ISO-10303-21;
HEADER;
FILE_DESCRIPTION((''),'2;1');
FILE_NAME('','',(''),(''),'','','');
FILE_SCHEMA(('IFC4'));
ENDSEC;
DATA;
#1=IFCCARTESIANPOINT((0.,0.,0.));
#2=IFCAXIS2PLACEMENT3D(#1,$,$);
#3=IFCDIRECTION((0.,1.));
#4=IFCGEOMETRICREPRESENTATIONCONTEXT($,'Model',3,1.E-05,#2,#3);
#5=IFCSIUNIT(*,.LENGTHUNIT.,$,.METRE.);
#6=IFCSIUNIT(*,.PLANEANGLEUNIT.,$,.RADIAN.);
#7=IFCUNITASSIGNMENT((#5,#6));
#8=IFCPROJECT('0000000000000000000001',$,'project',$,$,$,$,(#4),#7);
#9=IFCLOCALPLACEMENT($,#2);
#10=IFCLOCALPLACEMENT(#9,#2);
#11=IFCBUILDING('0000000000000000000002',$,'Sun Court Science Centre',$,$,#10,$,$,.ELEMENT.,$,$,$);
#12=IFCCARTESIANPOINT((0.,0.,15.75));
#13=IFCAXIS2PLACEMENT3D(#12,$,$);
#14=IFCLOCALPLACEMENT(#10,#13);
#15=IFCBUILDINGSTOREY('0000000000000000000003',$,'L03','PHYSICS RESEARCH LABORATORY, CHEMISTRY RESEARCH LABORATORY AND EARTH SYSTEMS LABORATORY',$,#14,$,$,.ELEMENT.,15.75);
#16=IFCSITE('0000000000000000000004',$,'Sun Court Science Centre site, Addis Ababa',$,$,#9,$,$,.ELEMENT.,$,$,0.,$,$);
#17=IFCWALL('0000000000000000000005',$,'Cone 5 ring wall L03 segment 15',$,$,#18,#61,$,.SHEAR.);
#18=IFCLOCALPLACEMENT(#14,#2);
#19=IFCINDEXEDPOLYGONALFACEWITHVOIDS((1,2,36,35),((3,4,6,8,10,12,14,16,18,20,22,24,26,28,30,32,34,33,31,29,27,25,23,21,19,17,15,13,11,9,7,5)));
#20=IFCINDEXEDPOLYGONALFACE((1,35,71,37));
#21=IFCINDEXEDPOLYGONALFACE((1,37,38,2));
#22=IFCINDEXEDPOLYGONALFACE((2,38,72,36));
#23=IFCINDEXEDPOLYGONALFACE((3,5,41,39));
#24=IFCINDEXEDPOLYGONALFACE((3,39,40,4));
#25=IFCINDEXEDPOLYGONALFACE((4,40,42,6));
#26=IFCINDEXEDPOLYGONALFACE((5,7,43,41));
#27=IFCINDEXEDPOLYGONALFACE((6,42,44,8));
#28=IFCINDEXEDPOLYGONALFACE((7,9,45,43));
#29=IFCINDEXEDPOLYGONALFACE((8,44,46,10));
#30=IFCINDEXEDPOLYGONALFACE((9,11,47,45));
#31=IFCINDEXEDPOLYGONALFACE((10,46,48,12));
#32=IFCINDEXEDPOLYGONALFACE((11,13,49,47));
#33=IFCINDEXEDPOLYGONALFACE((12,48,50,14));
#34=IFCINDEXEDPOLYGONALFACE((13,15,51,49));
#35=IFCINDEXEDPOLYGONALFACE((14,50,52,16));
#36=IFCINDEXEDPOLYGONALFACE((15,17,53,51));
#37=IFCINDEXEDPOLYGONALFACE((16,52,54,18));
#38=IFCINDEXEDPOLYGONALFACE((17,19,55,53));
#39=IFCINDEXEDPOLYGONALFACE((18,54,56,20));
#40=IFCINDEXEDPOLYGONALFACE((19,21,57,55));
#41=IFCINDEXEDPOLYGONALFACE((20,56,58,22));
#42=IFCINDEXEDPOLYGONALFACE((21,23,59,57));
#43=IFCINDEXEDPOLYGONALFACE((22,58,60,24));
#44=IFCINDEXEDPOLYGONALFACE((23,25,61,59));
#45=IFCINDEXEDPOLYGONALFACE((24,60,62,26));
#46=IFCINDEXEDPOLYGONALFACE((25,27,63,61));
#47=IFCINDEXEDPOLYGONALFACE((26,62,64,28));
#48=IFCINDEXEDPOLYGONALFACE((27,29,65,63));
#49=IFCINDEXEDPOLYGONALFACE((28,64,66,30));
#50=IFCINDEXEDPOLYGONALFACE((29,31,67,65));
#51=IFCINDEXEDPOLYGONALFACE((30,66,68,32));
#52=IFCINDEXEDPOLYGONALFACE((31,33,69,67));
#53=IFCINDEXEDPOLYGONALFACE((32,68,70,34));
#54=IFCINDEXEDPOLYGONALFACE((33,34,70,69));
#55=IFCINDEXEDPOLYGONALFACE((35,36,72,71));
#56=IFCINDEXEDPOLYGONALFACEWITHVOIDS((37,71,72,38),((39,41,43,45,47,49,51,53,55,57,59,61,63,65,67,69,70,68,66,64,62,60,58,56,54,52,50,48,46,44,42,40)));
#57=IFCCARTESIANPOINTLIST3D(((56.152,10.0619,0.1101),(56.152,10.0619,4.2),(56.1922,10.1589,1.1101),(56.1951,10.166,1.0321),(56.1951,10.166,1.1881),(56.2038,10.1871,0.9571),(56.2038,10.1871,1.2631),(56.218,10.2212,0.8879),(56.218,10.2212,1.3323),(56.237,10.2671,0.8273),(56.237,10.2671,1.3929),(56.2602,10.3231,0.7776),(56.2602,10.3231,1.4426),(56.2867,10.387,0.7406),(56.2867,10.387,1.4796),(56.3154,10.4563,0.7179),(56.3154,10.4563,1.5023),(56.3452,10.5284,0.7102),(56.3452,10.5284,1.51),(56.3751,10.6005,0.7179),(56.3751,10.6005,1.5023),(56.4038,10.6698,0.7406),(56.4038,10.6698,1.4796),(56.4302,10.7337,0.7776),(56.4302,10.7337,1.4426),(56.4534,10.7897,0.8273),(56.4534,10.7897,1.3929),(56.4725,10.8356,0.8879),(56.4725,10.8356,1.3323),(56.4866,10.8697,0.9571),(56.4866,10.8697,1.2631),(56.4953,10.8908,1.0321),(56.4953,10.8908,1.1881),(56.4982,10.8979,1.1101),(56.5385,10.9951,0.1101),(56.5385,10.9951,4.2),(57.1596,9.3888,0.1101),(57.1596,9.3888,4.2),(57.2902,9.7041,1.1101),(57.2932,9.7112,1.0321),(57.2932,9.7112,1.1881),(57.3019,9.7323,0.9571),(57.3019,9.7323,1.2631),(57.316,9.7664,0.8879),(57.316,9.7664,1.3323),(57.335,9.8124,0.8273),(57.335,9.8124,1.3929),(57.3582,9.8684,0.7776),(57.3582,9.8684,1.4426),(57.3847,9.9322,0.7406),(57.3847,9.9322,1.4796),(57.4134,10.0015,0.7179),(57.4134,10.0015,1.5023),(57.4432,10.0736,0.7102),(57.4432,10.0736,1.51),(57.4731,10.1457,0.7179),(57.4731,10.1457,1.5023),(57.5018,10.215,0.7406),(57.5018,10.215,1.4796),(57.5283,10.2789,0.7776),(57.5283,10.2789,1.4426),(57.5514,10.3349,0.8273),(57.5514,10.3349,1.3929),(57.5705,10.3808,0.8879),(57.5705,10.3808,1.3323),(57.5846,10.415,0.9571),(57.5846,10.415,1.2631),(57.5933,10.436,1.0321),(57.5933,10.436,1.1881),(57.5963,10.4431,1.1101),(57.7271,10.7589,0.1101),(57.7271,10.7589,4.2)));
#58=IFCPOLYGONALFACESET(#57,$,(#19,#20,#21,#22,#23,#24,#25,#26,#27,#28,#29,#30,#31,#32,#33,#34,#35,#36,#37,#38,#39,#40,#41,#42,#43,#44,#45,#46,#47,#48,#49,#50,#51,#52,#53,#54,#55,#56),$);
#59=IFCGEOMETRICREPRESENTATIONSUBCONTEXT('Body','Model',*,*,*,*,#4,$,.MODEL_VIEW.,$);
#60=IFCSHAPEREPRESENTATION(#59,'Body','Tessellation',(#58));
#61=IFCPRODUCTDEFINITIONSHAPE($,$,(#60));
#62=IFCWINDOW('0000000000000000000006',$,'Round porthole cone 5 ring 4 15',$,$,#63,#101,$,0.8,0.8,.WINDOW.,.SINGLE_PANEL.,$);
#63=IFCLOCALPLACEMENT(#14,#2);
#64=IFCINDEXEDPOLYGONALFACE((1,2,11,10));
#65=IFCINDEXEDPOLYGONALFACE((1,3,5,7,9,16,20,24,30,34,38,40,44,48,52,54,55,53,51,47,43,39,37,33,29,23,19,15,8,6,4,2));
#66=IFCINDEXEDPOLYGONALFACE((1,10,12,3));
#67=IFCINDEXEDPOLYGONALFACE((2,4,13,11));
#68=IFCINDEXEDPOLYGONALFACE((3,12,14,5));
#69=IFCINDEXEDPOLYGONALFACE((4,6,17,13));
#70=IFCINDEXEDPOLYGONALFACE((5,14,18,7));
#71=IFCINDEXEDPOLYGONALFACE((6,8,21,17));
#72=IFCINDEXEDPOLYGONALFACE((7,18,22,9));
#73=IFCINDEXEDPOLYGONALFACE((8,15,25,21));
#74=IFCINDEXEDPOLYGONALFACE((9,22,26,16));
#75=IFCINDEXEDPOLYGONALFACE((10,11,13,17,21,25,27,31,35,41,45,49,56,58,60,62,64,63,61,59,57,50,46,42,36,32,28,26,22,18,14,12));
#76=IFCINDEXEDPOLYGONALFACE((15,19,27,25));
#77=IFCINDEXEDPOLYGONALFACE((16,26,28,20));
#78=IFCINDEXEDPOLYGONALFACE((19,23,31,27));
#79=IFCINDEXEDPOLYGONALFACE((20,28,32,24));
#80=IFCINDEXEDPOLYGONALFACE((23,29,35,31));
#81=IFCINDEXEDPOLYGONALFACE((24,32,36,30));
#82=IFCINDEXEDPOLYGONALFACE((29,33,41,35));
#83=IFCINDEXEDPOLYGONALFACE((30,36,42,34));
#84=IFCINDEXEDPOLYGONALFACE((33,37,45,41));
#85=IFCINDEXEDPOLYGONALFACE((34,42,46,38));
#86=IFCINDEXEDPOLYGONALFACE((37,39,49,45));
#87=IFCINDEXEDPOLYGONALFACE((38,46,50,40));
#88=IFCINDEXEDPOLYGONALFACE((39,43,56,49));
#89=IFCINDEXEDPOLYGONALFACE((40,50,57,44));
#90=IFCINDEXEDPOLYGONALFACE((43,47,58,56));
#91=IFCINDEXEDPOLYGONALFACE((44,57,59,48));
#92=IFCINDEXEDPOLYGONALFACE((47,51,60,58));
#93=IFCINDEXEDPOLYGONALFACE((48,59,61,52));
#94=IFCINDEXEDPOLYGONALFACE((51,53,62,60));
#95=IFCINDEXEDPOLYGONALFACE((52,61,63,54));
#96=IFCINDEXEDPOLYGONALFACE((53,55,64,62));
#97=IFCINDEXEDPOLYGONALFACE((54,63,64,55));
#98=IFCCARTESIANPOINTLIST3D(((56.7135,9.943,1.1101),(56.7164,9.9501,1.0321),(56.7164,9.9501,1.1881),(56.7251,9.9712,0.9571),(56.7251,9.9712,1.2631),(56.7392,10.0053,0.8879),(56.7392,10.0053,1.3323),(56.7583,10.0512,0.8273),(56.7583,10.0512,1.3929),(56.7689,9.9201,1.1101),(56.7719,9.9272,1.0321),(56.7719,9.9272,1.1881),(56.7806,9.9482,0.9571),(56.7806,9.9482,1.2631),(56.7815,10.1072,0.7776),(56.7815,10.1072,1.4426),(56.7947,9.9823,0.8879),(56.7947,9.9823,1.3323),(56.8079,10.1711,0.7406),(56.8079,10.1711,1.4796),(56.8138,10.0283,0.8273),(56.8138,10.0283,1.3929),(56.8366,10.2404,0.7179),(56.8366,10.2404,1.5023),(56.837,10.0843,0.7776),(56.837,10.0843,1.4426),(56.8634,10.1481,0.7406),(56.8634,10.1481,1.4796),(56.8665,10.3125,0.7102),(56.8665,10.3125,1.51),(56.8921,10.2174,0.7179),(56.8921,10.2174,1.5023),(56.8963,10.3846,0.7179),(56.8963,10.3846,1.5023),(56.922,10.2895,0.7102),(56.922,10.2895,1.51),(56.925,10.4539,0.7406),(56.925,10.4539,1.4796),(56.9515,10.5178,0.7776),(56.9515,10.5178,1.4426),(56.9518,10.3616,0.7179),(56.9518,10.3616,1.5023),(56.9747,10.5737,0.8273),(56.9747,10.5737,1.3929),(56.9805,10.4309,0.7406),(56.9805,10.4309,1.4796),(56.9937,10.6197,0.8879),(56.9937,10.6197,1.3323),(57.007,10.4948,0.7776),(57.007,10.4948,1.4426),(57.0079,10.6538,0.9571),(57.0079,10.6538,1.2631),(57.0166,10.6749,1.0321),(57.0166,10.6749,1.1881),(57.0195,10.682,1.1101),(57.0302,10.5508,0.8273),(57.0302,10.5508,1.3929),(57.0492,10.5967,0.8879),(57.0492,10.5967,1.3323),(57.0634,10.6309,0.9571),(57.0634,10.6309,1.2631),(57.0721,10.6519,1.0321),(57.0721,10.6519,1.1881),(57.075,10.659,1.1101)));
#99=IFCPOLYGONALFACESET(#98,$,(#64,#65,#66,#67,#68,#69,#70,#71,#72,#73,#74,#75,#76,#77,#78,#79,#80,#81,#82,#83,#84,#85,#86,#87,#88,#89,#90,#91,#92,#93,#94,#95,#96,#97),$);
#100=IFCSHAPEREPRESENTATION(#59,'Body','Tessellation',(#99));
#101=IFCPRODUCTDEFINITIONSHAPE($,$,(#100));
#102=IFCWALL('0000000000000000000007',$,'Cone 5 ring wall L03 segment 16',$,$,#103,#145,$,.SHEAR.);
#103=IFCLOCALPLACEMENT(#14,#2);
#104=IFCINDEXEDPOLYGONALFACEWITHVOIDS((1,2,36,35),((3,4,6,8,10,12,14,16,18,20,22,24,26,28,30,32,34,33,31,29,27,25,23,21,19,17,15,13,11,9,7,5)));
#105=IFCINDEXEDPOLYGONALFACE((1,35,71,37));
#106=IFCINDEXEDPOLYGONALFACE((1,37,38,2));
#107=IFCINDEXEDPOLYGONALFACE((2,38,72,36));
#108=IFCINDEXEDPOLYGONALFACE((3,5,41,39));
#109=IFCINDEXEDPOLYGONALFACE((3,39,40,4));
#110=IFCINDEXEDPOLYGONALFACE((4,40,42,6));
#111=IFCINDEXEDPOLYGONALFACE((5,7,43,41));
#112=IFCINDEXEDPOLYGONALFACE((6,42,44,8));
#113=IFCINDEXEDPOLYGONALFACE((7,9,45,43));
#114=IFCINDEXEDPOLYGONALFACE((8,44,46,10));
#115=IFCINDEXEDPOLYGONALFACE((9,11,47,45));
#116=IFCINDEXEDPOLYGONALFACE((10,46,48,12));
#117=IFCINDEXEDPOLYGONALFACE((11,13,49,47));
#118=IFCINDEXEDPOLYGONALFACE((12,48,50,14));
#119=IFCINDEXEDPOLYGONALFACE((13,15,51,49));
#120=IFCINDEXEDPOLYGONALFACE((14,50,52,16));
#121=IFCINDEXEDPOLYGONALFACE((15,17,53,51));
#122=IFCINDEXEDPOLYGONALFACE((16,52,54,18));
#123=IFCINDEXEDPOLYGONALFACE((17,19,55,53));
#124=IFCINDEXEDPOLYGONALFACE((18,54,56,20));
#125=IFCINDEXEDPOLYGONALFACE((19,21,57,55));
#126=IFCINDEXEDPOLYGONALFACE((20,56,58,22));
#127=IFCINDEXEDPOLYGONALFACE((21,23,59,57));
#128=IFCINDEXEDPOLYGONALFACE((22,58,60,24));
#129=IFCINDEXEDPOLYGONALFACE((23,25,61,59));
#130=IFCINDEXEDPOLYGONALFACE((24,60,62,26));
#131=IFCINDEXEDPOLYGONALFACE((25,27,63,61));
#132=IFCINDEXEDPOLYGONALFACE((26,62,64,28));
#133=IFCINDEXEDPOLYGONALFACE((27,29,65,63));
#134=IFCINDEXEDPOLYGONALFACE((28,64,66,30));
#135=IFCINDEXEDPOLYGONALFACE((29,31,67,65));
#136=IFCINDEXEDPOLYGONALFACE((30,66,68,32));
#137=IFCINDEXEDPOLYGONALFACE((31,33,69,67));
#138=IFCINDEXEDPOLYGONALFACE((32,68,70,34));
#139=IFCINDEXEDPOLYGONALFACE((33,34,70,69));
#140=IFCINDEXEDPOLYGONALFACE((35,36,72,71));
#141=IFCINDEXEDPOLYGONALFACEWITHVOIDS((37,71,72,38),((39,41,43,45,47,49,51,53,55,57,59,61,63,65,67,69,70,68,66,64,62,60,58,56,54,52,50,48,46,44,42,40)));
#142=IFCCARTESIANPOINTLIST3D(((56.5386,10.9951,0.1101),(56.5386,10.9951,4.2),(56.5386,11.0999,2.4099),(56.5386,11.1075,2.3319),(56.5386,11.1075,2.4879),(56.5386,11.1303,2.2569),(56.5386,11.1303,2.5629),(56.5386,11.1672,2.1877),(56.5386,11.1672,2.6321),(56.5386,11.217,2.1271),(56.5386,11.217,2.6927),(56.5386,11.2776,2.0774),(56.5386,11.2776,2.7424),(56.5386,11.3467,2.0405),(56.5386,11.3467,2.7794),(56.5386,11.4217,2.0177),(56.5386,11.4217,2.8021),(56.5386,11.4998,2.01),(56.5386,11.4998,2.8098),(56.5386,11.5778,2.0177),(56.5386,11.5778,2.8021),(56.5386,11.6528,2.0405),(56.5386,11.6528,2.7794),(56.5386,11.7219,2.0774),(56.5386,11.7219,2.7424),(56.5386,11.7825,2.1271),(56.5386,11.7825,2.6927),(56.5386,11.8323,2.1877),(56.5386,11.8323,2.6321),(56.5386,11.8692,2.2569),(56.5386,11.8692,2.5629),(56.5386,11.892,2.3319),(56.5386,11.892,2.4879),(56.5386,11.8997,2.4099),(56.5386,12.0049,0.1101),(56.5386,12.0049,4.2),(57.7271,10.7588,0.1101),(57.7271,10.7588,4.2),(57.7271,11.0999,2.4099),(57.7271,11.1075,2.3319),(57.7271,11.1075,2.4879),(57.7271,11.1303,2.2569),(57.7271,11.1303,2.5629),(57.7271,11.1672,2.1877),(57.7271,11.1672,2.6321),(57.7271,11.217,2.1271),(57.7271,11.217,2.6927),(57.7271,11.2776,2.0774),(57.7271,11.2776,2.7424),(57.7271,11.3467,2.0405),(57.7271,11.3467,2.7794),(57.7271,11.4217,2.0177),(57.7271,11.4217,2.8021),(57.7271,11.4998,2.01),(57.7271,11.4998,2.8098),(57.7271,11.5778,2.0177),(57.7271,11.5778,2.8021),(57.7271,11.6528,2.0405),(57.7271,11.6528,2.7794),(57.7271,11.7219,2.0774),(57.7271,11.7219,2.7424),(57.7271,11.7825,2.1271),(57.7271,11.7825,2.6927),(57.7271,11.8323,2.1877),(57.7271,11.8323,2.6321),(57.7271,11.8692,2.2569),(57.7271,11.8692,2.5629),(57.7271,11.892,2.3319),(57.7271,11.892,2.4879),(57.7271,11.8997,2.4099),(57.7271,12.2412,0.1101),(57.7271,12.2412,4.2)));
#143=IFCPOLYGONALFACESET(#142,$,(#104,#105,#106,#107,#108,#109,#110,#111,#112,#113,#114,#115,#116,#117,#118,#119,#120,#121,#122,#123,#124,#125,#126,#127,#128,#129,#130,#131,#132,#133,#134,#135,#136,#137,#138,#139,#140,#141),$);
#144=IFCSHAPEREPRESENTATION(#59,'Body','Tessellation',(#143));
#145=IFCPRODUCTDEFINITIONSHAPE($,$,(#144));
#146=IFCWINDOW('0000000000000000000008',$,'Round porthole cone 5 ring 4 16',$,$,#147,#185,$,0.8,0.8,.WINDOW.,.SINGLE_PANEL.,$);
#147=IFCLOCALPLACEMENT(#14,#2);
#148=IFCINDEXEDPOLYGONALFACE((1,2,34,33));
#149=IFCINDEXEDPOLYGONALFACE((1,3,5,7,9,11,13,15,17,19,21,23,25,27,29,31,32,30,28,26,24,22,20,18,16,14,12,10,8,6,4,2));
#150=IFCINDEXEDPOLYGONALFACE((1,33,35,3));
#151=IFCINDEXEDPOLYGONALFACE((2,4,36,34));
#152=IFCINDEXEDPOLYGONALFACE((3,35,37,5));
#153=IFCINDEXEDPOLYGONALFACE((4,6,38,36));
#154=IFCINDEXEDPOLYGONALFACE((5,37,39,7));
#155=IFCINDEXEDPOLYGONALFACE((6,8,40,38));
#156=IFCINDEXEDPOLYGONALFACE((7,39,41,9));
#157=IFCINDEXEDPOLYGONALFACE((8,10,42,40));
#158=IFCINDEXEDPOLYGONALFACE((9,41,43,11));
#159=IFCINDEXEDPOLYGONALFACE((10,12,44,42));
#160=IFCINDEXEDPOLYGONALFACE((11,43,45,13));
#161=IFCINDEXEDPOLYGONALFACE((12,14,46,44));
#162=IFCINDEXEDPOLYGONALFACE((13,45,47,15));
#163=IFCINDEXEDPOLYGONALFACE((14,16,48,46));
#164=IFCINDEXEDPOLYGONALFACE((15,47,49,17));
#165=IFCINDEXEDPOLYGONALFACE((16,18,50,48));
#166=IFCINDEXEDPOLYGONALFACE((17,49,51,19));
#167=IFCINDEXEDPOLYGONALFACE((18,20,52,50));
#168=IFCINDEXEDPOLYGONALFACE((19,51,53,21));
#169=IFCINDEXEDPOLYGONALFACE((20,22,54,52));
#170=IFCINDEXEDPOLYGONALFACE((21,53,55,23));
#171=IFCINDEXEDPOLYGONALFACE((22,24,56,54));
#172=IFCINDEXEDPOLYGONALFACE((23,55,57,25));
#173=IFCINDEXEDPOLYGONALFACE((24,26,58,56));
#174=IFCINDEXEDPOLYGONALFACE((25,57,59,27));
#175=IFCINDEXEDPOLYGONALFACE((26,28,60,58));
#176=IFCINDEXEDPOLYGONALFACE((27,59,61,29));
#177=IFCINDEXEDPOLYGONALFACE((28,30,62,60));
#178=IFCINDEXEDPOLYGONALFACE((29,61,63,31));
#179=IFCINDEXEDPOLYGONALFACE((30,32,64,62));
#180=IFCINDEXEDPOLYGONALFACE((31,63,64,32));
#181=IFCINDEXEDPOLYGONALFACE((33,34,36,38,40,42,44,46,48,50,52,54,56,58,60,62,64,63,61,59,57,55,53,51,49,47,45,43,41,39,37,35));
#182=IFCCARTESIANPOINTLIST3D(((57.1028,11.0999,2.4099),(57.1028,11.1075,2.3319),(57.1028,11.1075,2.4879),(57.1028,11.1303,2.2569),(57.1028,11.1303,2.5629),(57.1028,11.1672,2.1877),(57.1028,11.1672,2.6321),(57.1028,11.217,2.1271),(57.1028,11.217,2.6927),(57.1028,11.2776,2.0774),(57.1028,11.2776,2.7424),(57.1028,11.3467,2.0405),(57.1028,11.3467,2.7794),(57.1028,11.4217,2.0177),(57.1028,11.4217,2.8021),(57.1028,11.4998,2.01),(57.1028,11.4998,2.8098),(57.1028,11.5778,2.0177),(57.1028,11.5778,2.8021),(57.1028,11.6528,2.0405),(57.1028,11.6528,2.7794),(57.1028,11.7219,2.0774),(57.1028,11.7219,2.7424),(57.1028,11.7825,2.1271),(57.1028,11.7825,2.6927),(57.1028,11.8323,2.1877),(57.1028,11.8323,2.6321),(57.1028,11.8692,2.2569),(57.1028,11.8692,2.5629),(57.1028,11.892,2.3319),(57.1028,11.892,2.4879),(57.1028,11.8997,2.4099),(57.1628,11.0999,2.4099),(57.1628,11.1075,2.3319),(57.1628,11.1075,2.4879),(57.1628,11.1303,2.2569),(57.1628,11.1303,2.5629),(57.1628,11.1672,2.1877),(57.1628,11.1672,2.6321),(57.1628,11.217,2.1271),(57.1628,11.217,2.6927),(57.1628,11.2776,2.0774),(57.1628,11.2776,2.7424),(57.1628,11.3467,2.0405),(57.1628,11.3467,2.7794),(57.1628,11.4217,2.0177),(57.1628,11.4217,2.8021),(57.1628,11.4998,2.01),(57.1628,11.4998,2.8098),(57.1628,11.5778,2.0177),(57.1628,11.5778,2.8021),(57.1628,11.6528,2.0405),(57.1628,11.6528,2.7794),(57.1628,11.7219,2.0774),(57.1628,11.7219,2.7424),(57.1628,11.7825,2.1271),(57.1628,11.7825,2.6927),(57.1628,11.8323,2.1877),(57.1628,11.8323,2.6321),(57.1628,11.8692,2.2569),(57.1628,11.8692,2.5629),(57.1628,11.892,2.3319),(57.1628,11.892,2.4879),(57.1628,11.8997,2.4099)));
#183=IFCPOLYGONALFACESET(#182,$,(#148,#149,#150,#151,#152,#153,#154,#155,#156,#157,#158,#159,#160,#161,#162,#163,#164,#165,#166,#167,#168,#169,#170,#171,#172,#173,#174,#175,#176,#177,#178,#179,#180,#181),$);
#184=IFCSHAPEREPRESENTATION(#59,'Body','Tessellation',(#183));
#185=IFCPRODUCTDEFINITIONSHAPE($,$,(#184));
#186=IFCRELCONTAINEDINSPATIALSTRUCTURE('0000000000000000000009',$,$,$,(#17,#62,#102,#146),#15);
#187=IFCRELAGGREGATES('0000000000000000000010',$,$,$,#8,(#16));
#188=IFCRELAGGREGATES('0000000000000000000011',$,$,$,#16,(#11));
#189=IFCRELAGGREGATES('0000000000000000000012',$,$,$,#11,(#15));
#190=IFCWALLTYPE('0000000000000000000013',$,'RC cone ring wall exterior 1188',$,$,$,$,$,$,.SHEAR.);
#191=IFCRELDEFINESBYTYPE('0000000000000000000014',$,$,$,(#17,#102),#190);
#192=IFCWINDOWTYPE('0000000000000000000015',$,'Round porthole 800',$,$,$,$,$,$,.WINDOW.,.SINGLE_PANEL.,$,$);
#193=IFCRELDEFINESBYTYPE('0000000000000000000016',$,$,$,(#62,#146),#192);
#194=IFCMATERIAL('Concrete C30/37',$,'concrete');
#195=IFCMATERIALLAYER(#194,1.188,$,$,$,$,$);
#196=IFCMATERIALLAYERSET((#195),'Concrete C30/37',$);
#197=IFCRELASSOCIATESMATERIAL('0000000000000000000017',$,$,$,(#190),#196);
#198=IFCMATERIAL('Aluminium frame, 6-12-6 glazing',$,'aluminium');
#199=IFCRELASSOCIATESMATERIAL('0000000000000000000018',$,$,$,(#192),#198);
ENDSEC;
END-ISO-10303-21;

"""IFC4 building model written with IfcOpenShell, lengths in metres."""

from ifc_helpers import new_model, si_unit, direction, frame, frame_2d, origin, place, context, subcontext, project, spatial, polyline, circle, outline, extrude, material, layer, layer_set, type_object, element, fill, save


model = new_model("IFC4")

# Units and contexts
model_context = context("Model", 3, precision=1e-05, world=origin(), true_north=direction((0.0, 1.0)))
body_context = subcontext(model_context, "Body", "Model", "MODEL_VIEW")
ifc_project = project(units=[si_unit("LENGTHUNIT", "METRE"), si_unit("PLANEANGLEUNIT", "RADIAN")], contexts=[model_context])

# Site, building, storey
site_placement = place(None, origin())
site = spatial("IfcSite", under=ifc_project, at=site_placement, Name="Sun Court Science Centre site, Addis Ababa", CompositionType="ELEMENT", RefElevation=0.0)
building_placement = place(site_placement, origin())
building = spatial("IfcBuilding", under=site, at=building_placement, Name="Sun Court Science Centre", CompositionType="ELEMENT")
storey_placement = place(building_placement, frame((0.0, 0.0, 15.75)))
storey = spatial("IfcBuildingStorey", under=building, at=storey_placement, Name="L03", Description="PHYSICS RESEARCH LABORATORY, CHEMISTRY RESEARCH LABORATORY AND EARTH SYSTEMS LABORATORY", CompositionType="ELEMENT", Elevation=15.75)

# Walls, openings, windows
ifc_material_1 = material(Name="Concrete C30/37", Category="concrete")
ifc_layer = layer(ifc_material_1, 1.188)
ifc_layer_set = layer_set([ifc_layer], Name="Concrete C30/37")
wall_type = type_object("IfcWallType", Name="RC cone ring wall exterior 1188", PredefinedType="SHEAR", material=ifc_layer_set)
ifc_material_2 = material(Name="Aluminium frame, 6-12-6 glazing", Category="aluminium")
window_type = type_object("IfcWindowType", Name="Round porthole 800", PartitioningType="SINGLE_PANEL", PredefinedType="WINDOW", material=ifc_material_2)
wall_1_placement = place(storey_placement, frame((56.6106, 9.6162, 0.1101), z_axis=(0.0, 0.0, 1.0), x_axis=(0.382662, 0.923888, 0.0)))
wall_1 = element("IfcWall", 1, at=wall_1_placement, inside=storey, type_object=wall_type, Name="Cone 5 ring wall L03 segment 15", PredefinedType="SHEAR", context=body_context, shape_type="SweptSolid", body=[
    extrude(outline(polyline([(0.0, -0.5942), (1.4829, -0.5942), (1.2463, 0.5942), (0.2363, 0.5942), (0.0, -0.5942)])), origin(), (0.0, 0.0, 1.0), 4.0898),
])
opening_1_placement = place(wall_1_placement, frame((0.3413, 0.0, 0.6001)))
opening_1 = element("IfcOpeningElement", 2, at=opening_1_placement, cuts=wall_1, PredefinedType="OPENING", context=body_context, shape_type="SweptSolid", body=[
    extrude(circle(Radius=0.3999, at=frame_2d((0.3999, 0.3999))), frame((0.0, 0.6042, 0.0), z_axis=(0.0, -1.0, 0.0), x_axis=(1.0, 0.0, 0.0)), (0.0, 0.0, 1.0), 1.2085),
])
window_1_placement = place(opening_1_placement, origin())
window_1 = element("IfcWindow", 3, at=window_1_placement, inside=storey, type_object=window_type, Name="Round porthole cone 5 ring 4 15", OverallHeight=0.8, OverallWidth=0.8, PartitioningType="SINGLE_PANEL", PredefinedType="WINDOW", context=body_context, shape_type="SweptSolid", body=[
    extrude(circle(Radius=0.3999, at=frame_2d((0.3999, 0.3999))), frame((0.0, 0.03, 0.0), z_axis=(0.0, -1.0, 0.0), x_axis=(1.0, 0.0, 0.0)), (0.0, 0.0, 1.0), 0.0601),
])
fill(opening_1, window_1)
wall_2_placement = place(storey_placement, frame((57.1328, 10.7585, 0.1101), z_axis=(0.0, 0.0, 1.0), x_axis=(0.0, 1.0, 0.0)))
wall_2 = element("IfcWall", 4, at=wall_2_placement, inside=storey, type_object=wall_type, Name="Cone 5 ring wall L03 segment 16", PredefinedType="SHEAR", context=body_context, shape_type="SweptSolid", body=[
    extrude(outline(polyline([(0.0002, -0.5942), (1.4827, -0.5942), (1.2463, 0.5942), (0.2366, 0.5942), (0.0002, -0.5942)])), origin(), (0.0, 0.0, 1.0), 4.0898),
])
opening_2_placement = place(wall_2_placement, frame((0.3413, 0.0, 1.8999)))
opening_2 = element("IfcOpeningElement", 5, at=opening_2_placement, cuts=wall_2, PredefinedType="OPENING", context=body_context, shape_type="SweptSolid", body=[
    extrude(circle(Radius=0.3999, at=frame_2d((0.3999, 0.3999))), frame((0.0, 0.6042, 0.0), z_axis=(0.0, -1.0, 0.0), x_axis=(1.0, 0.0, 0.0)), (0.0, 0.0, 1.0), 1.2085),
])
window_2_placement = place(opening_2_placement, origin())
window_2 = element("IfcWindow", 6, at=window_2_placement, inside=storey, type_object=window_type, Name="Round porthole cone 5 ring 4 16", OverallHeight=0.8, OverallWidth=0.8, PartitioningType="SINGLE_PANEL", PredefinedType="WINDOW", context=body_context, shape_type="SweptSolid", body=[
    extrude(circle(Radius=0.3999, at=frame_2d((0.3999, 0.3999))), frame((0.0, 0.03, 0.0), z_axis=(0.0, -1.0, 0.0), x_axis=(1.0, 0.0, 0.0)), (0.0, 0.0, 1.0), 0.0601),
])
fill(opening_2, window_2)

save(model, "model.ifc")
